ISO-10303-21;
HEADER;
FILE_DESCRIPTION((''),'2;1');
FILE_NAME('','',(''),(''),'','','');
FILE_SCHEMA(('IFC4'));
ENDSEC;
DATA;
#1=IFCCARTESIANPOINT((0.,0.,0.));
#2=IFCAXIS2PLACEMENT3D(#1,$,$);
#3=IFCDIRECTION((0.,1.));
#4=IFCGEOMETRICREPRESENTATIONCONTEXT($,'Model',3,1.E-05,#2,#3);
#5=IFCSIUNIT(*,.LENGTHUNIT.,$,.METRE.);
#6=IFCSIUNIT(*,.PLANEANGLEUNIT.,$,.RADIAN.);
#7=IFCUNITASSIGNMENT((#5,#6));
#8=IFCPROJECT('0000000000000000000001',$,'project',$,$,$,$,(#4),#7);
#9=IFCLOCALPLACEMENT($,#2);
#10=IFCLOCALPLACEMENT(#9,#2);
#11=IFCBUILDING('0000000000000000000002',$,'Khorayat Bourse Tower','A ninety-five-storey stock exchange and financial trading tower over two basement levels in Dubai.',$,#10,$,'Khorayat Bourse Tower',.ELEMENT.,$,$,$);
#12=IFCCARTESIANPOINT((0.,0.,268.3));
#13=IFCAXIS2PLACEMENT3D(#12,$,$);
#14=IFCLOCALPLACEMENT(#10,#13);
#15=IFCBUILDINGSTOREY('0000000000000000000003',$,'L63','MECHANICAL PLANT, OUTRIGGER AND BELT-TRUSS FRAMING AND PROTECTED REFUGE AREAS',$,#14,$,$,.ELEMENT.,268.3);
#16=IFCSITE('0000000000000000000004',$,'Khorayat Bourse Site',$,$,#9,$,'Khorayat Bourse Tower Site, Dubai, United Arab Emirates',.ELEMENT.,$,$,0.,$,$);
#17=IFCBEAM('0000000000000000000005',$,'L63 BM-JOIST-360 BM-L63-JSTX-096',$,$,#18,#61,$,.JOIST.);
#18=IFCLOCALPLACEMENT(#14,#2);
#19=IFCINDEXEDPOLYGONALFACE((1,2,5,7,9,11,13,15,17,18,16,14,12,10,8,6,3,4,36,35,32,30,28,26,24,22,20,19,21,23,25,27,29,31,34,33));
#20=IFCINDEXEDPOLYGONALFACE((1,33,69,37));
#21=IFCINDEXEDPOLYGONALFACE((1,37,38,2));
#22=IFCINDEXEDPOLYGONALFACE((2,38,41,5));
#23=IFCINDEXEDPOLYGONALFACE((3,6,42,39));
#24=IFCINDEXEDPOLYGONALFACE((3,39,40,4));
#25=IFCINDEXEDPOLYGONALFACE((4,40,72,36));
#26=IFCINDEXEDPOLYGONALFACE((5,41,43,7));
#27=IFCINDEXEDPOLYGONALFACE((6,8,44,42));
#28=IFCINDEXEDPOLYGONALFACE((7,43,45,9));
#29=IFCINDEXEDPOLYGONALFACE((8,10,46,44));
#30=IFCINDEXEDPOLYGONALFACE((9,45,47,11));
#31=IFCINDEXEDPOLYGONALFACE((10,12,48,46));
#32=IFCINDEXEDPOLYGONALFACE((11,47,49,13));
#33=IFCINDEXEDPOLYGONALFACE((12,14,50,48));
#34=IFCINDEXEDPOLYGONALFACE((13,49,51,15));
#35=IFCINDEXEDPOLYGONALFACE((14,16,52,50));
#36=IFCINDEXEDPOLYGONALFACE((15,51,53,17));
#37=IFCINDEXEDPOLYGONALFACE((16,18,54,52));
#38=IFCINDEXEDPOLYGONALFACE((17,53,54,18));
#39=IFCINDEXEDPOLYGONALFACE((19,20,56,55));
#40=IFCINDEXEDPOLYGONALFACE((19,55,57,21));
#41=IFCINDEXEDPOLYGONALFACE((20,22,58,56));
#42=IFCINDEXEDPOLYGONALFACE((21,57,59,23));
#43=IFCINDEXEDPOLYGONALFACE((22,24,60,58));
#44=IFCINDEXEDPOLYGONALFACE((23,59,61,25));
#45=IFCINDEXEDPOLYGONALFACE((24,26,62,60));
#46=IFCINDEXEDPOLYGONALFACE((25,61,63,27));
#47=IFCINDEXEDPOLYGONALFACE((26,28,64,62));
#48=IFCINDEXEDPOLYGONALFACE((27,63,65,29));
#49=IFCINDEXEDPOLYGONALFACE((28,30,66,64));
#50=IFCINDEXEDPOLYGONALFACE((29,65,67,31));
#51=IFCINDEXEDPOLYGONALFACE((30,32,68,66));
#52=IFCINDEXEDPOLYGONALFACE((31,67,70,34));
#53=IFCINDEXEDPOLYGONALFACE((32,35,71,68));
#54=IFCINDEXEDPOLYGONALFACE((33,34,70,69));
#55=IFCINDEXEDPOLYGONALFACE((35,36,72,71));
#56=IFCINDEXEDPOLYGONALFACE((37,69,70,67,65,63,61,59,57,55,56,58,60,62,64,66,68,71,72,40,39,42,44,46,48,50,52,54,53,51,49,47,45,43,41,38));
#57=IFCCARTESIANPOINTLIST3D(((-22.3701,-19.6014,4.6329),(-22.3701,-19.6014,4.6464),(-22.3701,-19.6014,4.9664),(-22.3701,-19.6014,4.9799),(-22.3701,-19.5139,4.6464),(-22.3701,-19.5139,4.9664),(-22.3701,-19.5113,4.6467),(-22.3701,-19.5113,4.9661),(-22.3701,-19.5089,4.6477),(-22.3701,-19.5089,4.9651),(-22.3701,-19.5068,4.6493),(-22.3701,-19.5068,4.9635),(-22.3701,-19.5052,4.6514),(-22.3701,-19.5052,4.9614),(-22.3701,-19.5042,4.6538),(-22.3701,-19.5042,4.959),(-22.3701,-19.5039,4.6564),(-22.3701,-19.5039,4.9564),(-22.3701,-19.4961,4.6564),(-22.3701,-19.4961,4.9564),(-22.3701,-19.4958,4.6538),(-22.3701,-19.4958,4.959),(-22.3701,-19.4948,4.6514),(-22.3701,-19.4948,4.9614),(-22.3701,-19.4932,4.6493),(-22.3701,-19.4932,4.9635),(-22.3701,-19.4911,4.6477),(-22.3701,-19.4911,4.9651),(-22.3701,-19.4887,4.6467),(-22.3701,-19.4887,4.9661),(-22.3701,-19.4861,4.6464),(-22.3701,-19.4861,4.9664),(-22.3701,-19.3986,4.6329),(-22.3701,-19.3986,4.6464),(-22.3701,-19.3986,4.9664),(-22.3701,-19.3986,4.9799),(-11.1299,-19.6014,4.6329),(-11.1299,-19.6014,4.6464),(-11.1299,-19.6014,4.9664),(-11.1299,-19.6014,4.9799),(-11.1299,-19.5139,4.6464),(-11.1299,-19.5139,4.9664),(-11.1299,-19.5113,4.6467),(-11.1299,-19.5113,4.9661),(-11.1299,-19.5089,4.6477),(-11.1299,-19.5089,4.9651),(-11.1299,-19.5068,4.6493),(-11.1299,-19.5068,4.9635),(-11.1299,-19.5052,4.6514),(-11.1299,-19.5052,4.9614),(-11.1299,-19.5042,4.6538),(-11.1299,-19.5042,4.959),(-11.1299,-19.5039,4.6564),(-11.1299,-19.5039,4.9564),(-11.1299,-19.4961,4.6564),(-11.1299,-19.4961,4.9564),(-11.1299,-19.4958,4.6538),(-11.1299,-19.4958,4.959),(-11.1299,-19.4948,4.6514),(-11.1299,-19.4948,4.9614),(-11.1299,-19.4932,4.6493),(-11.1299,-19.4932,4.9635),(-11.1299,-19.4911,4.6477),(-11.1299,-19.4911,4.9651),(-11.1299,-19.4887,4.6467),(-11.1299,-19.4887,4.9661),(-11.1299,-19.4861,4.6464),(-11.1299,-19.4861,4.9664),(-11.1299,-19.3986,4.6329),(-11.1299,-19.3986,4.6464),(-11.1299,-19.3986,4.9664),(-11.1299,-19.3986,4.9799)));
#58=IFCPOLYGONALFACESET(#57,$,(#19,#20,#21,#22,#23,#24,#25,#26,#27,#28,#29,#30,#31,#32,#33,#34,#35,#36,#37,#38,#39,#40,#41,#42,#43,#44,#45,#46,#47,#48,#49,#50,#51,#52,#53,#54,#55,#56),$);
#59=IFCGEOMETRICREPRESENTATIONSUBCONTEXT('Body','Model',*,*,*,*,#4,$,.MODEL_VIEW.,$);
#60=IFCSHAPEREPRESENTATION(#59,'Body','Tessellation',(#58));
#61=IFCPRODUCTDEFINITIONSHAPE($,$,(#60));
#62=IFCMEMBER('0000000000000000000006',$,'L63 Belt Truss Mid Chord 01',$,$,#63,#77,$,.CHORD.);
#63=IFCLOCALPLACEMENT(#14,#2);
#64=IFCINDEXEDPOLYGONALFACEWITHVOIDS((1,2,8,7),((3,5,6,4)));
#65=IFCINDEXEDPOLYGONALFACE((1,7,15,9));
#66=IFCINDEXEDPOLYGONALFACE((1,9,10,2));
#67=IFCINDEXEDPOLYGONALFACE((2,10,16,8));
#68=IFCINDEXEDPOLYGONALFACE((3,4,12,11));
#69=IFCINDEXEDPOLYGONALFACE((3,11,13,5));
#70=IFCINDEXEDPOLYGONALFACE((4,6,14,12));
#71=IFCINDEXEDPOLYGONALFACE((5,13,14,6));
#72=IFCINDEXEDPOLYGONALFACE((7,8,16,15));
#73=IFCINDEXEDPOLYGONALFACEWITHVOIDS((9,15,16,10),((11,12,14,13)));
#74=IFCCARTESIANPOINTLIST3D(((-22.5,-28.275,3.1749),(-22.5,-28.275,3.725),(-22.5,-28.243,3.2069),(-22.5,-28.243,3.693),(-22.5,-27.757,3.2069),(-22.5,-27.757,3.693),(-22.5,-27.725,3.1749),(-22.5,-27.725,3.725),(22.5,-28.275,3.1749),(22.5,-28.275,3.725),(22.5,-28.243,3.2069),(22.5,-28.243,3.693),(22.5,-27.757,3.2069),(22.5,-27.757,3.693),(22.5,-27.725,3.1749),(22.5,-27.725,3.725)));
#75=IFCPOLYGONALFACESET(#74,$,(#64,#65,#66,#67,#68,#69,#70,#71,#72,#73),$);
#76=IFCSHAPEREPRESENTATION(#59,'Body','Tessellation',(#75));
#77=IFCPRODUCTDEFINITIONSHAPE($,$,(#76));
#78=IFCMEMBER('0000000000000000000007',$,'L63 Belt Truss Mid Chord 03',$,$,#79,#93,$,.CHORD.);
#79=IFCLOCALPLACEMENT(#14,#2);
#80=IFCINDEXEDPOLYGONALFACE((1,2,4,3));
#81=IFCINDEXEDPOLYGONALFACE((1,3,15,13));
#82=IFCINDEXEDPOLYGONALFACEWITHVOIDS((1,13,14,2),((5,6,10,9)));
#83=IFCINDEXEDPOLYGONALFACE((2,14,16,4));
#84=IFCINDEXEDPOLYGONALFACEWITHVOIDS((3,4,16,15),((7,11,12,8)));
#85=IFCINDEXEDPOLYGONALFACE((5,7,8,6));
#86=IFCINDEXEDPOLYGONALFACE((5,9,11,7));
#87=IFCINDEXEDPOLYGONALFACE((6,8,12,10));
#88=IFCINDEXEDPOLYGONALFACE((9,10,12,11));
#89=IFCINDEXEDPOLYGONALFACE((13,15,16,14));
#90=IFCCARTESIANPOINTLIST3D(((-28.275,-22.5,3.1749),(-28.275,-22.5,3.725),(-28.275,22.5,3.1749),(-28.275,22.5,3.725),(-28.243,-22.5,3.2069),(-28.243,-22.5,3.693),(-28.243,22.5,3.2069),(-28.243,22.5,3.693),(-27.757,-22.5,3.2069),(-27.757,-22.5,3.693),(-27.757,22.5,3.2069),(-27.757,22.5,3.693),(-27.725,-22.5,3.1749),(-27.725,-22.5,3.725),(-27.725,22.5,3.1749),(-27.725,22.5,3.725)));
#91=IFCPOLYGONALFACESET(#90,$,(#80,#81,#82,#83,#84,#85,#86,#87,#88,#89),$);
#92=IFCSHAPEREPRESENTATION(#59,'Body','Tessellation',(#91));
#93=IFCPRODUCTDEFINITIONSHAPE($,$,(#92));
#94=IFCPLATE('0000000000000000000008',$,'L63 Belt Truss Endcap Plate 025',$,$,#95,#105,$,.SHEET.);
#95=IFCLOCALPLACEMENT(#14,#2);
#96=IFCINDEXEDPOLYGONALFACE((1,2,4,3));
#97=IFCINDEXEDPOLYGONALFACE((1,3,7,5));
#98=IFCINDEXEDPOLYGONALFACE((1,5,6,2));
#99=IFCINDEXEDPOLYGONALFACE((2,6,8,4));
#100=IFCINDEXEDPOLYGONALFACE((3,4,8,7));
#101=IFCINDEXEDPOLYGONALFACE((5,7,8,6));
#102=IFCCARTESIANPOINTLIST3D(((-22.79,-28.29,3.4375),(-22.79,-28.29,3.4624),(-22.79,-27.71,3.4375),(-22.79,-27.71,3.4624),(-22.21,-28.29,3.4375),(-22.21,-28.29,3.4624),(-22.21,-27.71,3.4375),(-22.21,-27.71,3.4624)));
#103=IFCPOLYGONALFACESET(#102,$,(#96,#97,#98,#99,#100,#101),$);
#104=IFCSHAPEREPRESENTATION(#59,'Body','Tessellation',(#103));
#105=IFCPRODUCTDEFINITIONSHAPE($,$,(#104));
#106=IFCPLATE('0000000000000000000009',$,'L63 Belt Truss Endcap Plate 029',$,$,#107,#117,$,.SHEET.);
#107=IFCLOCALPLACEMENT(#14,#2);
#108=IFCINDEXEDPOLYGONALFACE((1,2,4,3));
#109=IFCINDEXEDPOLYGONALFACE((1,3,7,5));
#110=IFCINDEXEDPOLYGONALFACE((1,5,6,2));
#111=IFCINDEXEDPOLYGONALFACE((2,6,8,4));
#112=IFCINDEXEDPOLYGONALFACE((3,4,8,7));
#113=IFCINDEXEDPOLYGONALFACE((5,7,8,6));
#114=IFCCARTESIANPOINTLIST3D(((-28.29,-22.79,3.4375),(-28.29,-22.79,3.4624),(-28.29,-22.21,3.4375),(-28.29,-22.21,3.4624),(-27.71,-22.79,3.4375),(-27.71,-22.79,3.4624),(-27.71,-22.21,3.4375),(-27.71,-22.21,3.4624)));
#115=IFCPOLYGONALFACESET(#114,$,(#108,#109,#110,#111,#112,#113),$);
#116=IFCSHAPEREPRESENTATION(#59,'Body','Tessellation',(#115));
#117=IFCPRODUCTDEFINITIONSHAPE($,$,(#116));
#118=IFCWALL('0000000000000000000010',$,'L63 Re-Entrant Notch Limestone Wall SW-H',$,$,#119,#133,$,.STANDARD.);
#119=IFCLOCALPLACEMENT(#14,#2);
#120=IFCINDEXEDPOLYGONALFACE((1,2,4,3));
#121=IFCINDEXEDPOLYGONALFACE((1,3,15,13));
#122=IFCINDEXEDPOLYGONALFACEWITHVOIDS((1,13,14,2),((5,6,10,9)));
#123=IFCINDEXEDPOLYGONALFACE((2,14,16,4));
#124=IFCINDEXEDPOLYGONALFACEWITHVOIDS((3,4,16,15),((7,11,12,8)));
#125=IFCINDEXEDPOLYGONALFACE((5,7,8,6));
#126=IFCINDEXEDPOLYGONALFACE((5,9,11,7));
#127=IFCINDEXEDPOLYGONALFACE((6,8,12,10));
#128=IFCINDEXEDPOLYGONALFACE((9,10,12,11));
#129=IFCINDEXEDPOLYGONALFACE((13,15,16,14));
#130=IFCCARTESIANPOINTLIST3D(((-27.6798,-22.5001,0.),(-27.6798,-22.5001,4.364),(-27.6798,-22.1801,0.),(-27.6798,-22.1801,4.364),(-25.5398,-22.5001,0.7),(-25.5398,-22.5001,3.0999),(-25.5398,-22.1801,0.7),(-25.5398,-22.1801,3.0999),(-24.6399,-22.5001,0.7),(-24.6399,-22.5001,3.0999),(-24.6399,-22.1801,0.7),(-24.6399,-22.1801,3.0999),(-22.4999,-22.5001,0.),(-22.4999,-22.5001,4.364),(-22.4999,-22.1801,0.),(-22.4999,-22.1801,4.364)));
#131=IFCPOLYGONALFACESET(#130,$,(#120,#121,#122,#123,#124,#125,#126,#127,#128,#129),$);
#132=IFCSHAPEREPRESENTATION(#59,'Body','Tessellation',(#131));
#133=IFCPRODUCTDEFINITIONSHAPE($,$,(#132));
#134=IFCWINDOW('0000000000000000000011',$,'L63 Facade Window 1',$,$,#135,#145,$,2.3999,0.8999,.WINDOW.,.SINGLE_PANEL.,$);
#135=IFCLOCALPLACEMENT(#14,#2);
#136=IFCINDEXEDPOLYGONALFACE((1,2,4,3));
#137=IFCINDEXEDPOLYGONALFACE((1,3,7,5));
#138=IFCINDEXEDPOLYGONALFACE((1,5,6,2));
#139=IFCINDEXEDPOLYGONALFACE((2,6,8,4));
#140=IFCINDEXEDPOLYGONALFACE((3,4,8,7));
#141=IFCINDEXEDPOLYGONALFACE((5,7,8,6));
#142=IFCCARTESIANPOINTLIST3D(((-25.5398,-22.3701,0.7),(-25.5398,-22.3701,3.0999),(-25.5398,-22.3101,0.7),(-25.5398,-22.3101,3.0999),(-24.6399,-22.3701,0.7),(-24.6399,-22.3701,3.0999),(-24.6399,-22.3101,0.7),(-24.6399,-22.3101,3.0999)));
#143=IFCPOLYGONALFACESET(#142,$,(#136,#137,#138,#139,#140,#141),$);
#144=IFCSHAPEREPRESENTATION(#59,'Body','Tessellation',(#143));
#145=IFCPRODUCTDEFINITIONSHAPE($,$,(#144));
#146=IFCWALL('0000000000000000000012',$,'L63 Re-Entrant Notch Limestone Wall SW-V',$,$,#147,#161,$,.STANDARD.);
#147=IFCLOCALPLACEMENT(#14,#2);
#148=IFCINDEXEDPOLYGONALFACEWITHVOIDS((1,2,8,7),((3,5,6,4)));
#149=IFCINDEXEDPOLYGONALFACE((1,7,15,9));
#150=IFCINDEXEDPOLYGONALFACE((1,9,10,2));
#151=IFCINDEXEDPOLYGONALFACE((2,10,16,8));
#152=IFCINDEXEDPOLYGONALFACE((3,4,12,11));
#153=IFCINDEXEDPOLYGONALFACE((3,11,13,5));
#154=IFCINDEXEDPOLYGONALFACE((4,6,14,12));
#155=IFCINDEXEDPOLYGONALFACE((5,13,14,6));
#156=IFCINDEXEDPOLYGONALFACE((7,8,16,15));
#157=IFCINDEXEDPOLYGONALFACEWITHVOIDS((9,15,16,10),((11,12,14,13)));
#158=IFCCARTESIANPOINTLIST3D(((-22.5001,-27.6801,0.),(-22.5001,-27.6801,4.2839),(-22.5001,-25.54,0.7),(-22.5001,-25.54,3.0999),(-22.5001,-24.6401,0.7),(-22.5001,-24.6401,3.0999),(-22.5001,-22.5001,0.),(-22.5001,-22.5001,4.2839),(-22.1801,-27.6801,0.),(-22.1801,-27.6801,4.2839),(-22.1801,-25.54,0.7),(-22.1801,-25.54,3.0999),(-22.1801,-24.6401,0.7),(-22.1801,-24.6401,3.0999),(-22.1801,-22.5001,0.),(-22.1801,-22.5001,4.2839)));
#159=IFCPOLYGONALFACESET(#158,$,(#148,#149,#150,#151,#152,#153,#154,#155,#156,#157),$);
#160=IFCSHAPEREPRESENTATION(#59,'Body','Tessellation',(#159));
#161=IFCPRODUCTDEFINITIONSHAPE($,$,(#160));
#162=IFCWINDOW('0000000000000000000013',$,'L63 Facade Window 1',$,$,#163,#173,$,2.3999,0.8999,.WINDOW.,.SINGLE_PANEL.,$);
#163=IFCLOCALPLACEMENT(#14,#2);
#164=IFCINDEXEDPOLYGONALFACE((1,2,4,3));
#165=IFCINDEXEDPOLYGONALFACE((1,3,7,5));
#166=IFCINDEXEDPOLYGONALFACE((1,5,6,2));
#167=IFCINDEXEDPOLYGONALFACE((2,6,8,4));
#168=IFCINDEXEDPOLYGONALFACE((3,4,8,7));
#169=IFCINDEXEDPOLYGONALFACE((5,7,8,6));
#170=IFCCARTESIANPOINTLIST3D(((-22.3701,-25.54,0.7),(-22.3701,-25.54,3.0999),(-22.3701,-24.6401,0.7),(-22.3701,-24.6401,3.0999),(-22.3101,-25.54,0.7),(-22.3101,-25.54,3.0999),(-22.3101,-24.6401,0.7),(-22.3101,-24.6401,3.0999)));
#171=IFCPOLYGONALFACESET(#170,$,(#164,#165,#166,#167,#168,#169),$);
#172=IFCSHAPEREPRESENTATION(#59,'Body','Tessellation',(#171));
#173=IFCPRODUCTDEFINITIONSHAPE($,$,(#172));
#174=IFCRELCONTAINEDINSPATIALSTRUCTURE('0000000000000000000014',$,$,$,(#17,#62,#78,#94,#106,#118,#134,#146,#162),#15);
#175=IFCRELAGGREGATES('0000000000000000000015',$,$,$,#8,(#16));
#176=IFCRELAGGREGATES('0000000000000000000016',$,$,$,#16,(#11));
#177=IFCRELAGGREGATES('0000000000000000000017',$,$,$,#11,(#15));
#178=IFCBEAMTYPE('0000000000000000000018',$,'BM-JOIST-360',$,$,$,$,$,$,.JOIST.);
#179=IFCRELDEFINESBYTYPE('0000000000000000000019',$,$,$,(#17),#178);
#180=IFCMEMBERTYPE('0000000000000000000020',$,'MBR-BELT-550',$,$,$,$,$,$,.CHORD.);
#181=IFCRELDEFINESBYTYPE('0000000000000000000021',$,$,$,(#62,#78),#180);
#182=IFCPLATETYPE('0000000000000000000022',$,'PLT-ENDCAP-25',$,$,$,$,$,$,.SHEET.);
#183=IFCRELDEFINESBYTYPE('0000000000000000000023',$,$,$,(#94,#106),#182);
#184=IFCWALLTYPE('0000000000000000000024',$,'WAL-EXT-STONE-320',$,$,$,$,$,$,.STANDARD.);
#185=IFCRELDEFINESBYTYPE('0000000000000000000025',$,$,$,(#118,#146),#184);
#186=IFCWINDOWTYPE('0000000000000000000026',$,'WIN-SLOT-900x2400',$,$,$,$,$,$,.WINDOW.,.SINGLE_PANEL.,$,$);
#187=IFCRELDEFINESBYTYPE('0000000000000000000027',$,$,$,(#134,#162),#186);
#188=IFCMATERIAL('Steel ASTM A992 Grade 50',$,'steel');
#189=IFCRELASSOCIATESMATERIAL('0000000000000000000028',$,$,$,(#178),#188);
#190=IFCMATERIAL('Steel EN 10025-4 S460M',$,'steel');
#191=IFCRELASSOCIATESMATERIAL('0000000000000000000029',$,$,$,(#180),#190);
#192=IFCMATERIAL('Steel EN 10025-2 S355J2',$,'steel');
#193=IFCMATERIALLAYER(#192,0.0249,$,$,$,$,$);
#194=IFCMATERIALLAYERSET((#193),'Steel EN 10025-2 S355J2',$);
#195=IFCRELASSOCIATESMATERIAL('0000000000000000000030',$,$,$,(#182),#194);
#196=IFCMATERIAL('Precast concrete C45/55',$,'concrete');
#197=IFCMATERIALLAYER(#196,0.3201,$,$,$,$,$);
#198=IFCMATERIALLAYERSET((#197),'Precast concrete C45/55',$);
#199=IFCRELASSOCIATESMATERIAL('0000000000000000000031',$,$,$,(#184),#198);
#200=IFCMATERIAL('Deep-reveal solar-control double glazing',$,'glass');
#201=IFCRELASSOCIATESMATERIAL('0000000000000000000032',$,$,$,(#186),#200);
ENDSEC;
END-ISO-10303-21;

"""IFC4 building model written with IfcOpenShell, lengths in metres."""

from ifc_helpers import new_model, si_unit, direction, frame, frame_2d, origin, origin_2d, place, context, subcontext, project, spatial, rectangle, hollow_rectangle, i_section, extrude, source, transform, mapped, material, layer, layer_set, material_profile, profile_set, type_object, element, fill, save


model = new_model("IFC4")

# Units and contexts
model_context = context("Model", 3, precision=1e-05, world=origin(), true_north=direction((0.0, 1.0)))
body_context = subcontext(model_context, "Body", "Model", "MODEL_VIEW")
ifc_project = project(units=[si_unit("LENGTHUNIT", "METRE"), si_unit("PLANEANGLEUNIT", "RADIAN")], contexts=[model_context])

# Site, building, storey
site_placement = place(None, origin())
site = spatial("IfcSite", under=ifc_project, at=site_placement, Name="Khorayat Bourse Site", LongName="Khorayat Bourse Tower Site, Dubai, United Arab Emirates", CompositionType="ELEMENT", RefElevation=0.0)
building_placement = place(site_placement, origin())
building = spatial("IfcBuilding", under=site, at=building_placement, Name="Khorayat Bourse Tower", Description="A ninety-five-storey stock exchange and financial trading tower over two basement levels in Dubai.", LongName="Khorayat Bourse Tower", CompositionType="ELEMENT")
storey_placement = place(building_placement, frame((0.0, 0.0, 268.3)))
storey = spatial("IfcBuildingStorey", under=building, at=storey_placement, Name="L63", Description="MECHANICAL PLANT, OUTRIGGER AND BELT-TRUSS FRAMING AND PROTECTED REFUGE AREAS", CompositionType="ELEMENT", Elevation=268.3)

# Shared definitions
ifc_material_1 = material(Name="Steel EN 10025-4 S460M", Category="steel")

# Beam
ifc_material_2 = material(Name="Steel ASTM A992 Grade 50", Category="steel")
ifc_material_profile_1 = material_profile(ifc_material_2, i_section(OverallWidth=0.2029, OverallDepth=0.3469, WebThickness=0.0078, FlangeThickness=0.0134, FilletRadius=0.01, at=origin_2d()), Name="W360X64")
ifc_profile_set_1 = profile_set([ifc_material_profile_1], Name="Steel ASTM A992 Grade 50")
beam_type_1 = type_object("IfcBeamType", Name="BM-JOIST-360", PredefinedType="JOIST", material=ifc_profile_set_1)
shared_shape_1 = source(origin(), body_context, "Body", "SweptSolid", [
    extrude(i_section(OverallWidth=0.2029, OverallDepth=0.3469, WebThickness=0.0078, FlangeThickness=0.0134, FilletRadius=0.01, at=origin_2d()), origin(), (0.0, 0.0, 1.0), 11.2402),
])
beam_1_placement = place(storey_placement, frame((-22.3701, -19.5, 4.8064), z_axis=(1.0, 0.0, 0.0), x_axis=(0.0, 1.0, 0.0)))
element("IfcBeam", 1, at=beam_1_placement, inside=storey, type_object=beam_type_1, Name="L63 BM-JOIST-360 BM-L63-JSTX-096", PredefinedType="JOIST", context=body_context, shape_type="MappedRepresentation", body=[
    mapped(shared_shape_1, transform((0.0, 0.0, 0.0), scale=1.0)),
])

# Members
ifc_material_profile_2 = material_profile(ifc_material_1, hollow_rectangle(XDim=0.55, YDim=0.55, WallThickness=0.032, at=origin_2d()), Name="HSS 550x550x32")
ifc_profile_set_2 = profile_set([ifc_material_profile_2], Name="Steel EN 10025-4 S460M")
member_type = type_object("IfcMemberType", Name="MBR-BELT-550", PredefinedType="CHORD", material=ifc_profile_set_2)
shared_shape_2 = source(origin(), body_context, "Body", "SweptSolid", [
    extrude(hollow_rectangle(XDim=0.55, YDim=0.55, WallThickness=0.032, at=origin_2d()), origin(), (0.0, 0.0, 1.0), 45.0),
])
for number, where, z_axis, x_axis, name in (
    (2, (-22.5, -28.0, 3.45), (1.0, 0.0, 0.0), (0.0, 1.0, 0.0), "L63 Belt Truss Mid Chord 01"),
    (3, (-28.0, -22.5, 3.45), (0.0, 1.0, 0.0), (-1.0, 0.0, 0.0), "L63 Belt Truss Mid Chord 03"),
):
    element("IfcMember", number, at=place(storey_placement, frame(where, z_axis=z_axis, x_axis=x_axis)), inside=storey, type_object=member_type, Name=name, PredefinedType="CHORD", context=body_context, shape_type="MappedRepresentation", body=[
        mapped(shared_shape_2, transform((0.0, 0.0, 0.0), scale=1.0)),
    ])

# Plates
ifc_material_3 = material(Name="Steel EN 10025-2 S355J2", Category="steel")
ifc_layer_1 = layer(ifc_material_3, 0.0249)
ifc_layer_set_1 = layer_set([ifc_layer_1], Name="Steel EN 10025-2 S355J2")
plate_type = type_object("IfcPlateType", Name="PLT-ENDCAP-25", PredefinedType="SHEET", material=ifc_layer_set_1)
shared_shape_3 = source(origin(), body_context, "Body", "SweptSolid", [
    extrude(rectangle(XDim=0.5801, YDim=0.5801, at=origin_2d()), origin(), (0.0, 0.0, 1.0), 0.0249),
])
for number, where, z_axis, x_axis, name in (
    (4, (-22.5, -28.0, 3.4375), (0.0, 0.0, 1.0), (1.0, 0.0, 0.0), "L63 Belt Truss Endcap Plate 025"),
    (5, (-28.0, -22.5, 3.4375), (0.0, 0.0, 1.0), (1.0, 0.0, 0.0), "L63 Belt Truss Endcap Plate 029"),
):
    element("IfcPlate", number, at=place(storey_placement, frame(where, z_axis=z_axis, x_axis=x_axis)), inside=storey, type_object=plate_type, Name=name, PredefinedType="SHEET", context=body_context, shape_type="MappedRepresentation", body=[
        mapped(shared_shape_3, transform((0.0, 0.0, 0.0), scale=1.0)),
    ])

# Walls, openings, windows
ifc_material_4 = material(Name="Precast concrete C45/55", Category="concrete")
ifc_layer_2 = layer(ifc_material_4, 0.3201)
ifc_layer_set_2 = layer_set([ifc_layer_2], Name="Precast concrete C45/55")
wall_type = type_object("IfcWallType", Name="WAL-EXT-STONE-320", PredefinedType="STANDARD", material=ifc_layer_set_2)
shared_shape_4 = source(origin(), body_context, "Body", "SweptSolid", [
    extrude(rectangle(XDim=5.1799, YDim=0.3201, at=frame_2d((2.5898, 0.0))), origin(), (0.0, 0.0, 1.0), 4.364),
])
wall_1_placement = place(storey_placement, frame((-22.5, -22.3401, 0.0), z_axis=(0.0, 0.0, 1.0), x_axis=(-1.0, 0.0, 0.0)))
wall_1 = element("IfcWall", 6, at=wall_1_placement, inside=storey, type_object=wall_type, Name="L63 Re-Entrant Notch Limestone Wall SW-H", PredefinedType="STANDARD", context=body_context, shape_type="MappedRepresentation", body=[
    mapped(shared_shape_4, transform((0.0, 0.0, 0.0), scale=1.0)),
])
shared_shape_5 = source(origin(), body_context, "Body", "SweptSolid", [
    extrude(rectangle(XDim=0.8999, YDim=2.3999, at=frame_2d((0.45, 1.2))), frame((0.0, 0.1699, 0.0), z_axis=(0.0, -1.0, 0.0), x_axis=(1.0, 0.0, 0.0)), (0.0, 0.0, 1.0), 0.3401),
])
opening_1_placement = place(wall_1_placement, frame((2.1399, 0.0, 0.7)))
opening_1 = element("IfcOpeningElement", 7, at=opening_1_placement, cuts=wall_1, PredefinedType="OPENING", context=body_context, shape_type="MappedRepresentation", body=[
    mapped(shared_shape_5, transform((0.0, 0.0, 0.0), scale=1.0)),
])
ifc_material_5 = material(Name="Deep-reveal solar-control double glazing", Category="glass")
window_type = type_object("IfcWindowType", Name="WIN-SLOT-900x2400", PartitioningType="SINGLE_PANEL", PredefinedType="WINDOW", material=ifc_material_5)
shared_shape_6 = source(origin(), body_context, "Body", "SweptSolid", [
    extrude(rectangle(XDim=0.8999, YDim=2.3999, at=frame_2d((0.45, 1.2))), frame((0.0, 0.03, 0.0), z_axis=(0.0, -1.0, 0.0), x_axis=(1.0, 0.0, 0.0)), (0.0, 0.0, 1.0), 0.0601),
])
window_1_placement = place(opening_1_placement, origin())
window_1 = element("IfcWindow", 8, at=window_1_placement, inside=storey, type_object=window_type, Name="L63 Facade Window 1", OverallHeight=2.3999, OverallWidth=0.8999, PartitioningType="SINGLE_PANEL", PredefinedType="WINDOW", context=body_context, shape_type="MappedRepresentation", body=[
    mapped(shared_shape_6, transform((0.0, 0.0, 0.0), scale=1.0)),
])
fill(opening_1, window_1)
shared_shape_7 = source(origin(), body_context, "Body", "SweptSolid", [
    extrude(rectangle(XDim=5.1799, YDim=0.3201, at=frame_2d((2.5898, 0.0))), origin(), (0.0, 0.0, 1.0), 4.2839),
])
wall_2_placement = place(storey_placement, frame((-22.3401, -27.6799, 0.0), z_axis=(0.0, 0.0, 1.0), x_axis=(0.0, 1.0, 0.0)))
wall_2 = element("IfcWall", 9, at=wall_2_placement, inside=storey, type_object=wall_type, Name="L63 Re-Entrant Notch Limestone Wall SW-V", PredefinedType="STANDARD", context=body_context, shape_type="MappedRepresentation", body=[
    mapped(shared_shape_7, transform((0.0, 0.0, 0.0), scale=1.0)),
])
opening_2_placement = place(wall_2_placement, frame((2.1399, 0.0, 0.7)))
opening_2 = element("IfcOpeningElement", 10, at=opening_2_placement, cuts=wall_2, PredefinedType="OPENING", context=body_context, shape_type="MappedRepresentation", body=[
    mapped(shared_shape_5, transform((0.0, 0.0, 0.0), scale=1.0)),
])
window_2_placement = place(opening_2_placement, origin())
window_2 = element("IfcWindow", 11, at=window_2_placement, inside=storey, type_object=window_type, Name="L63 Facade Window 1", OverallHeight=2.3999, OverallWidth=0.8999, PartitioningType="SINGLE_PANEL", PredefinedType="WINDOW", context=body_context, shape_type="MappedRepresentation", body=[
    mapped(shared_shape_6, transform((0.0, 0.0, 0.0), scale=1.0)),
])
fill(opening_2, window_2)

save(model, "model.ifc")
